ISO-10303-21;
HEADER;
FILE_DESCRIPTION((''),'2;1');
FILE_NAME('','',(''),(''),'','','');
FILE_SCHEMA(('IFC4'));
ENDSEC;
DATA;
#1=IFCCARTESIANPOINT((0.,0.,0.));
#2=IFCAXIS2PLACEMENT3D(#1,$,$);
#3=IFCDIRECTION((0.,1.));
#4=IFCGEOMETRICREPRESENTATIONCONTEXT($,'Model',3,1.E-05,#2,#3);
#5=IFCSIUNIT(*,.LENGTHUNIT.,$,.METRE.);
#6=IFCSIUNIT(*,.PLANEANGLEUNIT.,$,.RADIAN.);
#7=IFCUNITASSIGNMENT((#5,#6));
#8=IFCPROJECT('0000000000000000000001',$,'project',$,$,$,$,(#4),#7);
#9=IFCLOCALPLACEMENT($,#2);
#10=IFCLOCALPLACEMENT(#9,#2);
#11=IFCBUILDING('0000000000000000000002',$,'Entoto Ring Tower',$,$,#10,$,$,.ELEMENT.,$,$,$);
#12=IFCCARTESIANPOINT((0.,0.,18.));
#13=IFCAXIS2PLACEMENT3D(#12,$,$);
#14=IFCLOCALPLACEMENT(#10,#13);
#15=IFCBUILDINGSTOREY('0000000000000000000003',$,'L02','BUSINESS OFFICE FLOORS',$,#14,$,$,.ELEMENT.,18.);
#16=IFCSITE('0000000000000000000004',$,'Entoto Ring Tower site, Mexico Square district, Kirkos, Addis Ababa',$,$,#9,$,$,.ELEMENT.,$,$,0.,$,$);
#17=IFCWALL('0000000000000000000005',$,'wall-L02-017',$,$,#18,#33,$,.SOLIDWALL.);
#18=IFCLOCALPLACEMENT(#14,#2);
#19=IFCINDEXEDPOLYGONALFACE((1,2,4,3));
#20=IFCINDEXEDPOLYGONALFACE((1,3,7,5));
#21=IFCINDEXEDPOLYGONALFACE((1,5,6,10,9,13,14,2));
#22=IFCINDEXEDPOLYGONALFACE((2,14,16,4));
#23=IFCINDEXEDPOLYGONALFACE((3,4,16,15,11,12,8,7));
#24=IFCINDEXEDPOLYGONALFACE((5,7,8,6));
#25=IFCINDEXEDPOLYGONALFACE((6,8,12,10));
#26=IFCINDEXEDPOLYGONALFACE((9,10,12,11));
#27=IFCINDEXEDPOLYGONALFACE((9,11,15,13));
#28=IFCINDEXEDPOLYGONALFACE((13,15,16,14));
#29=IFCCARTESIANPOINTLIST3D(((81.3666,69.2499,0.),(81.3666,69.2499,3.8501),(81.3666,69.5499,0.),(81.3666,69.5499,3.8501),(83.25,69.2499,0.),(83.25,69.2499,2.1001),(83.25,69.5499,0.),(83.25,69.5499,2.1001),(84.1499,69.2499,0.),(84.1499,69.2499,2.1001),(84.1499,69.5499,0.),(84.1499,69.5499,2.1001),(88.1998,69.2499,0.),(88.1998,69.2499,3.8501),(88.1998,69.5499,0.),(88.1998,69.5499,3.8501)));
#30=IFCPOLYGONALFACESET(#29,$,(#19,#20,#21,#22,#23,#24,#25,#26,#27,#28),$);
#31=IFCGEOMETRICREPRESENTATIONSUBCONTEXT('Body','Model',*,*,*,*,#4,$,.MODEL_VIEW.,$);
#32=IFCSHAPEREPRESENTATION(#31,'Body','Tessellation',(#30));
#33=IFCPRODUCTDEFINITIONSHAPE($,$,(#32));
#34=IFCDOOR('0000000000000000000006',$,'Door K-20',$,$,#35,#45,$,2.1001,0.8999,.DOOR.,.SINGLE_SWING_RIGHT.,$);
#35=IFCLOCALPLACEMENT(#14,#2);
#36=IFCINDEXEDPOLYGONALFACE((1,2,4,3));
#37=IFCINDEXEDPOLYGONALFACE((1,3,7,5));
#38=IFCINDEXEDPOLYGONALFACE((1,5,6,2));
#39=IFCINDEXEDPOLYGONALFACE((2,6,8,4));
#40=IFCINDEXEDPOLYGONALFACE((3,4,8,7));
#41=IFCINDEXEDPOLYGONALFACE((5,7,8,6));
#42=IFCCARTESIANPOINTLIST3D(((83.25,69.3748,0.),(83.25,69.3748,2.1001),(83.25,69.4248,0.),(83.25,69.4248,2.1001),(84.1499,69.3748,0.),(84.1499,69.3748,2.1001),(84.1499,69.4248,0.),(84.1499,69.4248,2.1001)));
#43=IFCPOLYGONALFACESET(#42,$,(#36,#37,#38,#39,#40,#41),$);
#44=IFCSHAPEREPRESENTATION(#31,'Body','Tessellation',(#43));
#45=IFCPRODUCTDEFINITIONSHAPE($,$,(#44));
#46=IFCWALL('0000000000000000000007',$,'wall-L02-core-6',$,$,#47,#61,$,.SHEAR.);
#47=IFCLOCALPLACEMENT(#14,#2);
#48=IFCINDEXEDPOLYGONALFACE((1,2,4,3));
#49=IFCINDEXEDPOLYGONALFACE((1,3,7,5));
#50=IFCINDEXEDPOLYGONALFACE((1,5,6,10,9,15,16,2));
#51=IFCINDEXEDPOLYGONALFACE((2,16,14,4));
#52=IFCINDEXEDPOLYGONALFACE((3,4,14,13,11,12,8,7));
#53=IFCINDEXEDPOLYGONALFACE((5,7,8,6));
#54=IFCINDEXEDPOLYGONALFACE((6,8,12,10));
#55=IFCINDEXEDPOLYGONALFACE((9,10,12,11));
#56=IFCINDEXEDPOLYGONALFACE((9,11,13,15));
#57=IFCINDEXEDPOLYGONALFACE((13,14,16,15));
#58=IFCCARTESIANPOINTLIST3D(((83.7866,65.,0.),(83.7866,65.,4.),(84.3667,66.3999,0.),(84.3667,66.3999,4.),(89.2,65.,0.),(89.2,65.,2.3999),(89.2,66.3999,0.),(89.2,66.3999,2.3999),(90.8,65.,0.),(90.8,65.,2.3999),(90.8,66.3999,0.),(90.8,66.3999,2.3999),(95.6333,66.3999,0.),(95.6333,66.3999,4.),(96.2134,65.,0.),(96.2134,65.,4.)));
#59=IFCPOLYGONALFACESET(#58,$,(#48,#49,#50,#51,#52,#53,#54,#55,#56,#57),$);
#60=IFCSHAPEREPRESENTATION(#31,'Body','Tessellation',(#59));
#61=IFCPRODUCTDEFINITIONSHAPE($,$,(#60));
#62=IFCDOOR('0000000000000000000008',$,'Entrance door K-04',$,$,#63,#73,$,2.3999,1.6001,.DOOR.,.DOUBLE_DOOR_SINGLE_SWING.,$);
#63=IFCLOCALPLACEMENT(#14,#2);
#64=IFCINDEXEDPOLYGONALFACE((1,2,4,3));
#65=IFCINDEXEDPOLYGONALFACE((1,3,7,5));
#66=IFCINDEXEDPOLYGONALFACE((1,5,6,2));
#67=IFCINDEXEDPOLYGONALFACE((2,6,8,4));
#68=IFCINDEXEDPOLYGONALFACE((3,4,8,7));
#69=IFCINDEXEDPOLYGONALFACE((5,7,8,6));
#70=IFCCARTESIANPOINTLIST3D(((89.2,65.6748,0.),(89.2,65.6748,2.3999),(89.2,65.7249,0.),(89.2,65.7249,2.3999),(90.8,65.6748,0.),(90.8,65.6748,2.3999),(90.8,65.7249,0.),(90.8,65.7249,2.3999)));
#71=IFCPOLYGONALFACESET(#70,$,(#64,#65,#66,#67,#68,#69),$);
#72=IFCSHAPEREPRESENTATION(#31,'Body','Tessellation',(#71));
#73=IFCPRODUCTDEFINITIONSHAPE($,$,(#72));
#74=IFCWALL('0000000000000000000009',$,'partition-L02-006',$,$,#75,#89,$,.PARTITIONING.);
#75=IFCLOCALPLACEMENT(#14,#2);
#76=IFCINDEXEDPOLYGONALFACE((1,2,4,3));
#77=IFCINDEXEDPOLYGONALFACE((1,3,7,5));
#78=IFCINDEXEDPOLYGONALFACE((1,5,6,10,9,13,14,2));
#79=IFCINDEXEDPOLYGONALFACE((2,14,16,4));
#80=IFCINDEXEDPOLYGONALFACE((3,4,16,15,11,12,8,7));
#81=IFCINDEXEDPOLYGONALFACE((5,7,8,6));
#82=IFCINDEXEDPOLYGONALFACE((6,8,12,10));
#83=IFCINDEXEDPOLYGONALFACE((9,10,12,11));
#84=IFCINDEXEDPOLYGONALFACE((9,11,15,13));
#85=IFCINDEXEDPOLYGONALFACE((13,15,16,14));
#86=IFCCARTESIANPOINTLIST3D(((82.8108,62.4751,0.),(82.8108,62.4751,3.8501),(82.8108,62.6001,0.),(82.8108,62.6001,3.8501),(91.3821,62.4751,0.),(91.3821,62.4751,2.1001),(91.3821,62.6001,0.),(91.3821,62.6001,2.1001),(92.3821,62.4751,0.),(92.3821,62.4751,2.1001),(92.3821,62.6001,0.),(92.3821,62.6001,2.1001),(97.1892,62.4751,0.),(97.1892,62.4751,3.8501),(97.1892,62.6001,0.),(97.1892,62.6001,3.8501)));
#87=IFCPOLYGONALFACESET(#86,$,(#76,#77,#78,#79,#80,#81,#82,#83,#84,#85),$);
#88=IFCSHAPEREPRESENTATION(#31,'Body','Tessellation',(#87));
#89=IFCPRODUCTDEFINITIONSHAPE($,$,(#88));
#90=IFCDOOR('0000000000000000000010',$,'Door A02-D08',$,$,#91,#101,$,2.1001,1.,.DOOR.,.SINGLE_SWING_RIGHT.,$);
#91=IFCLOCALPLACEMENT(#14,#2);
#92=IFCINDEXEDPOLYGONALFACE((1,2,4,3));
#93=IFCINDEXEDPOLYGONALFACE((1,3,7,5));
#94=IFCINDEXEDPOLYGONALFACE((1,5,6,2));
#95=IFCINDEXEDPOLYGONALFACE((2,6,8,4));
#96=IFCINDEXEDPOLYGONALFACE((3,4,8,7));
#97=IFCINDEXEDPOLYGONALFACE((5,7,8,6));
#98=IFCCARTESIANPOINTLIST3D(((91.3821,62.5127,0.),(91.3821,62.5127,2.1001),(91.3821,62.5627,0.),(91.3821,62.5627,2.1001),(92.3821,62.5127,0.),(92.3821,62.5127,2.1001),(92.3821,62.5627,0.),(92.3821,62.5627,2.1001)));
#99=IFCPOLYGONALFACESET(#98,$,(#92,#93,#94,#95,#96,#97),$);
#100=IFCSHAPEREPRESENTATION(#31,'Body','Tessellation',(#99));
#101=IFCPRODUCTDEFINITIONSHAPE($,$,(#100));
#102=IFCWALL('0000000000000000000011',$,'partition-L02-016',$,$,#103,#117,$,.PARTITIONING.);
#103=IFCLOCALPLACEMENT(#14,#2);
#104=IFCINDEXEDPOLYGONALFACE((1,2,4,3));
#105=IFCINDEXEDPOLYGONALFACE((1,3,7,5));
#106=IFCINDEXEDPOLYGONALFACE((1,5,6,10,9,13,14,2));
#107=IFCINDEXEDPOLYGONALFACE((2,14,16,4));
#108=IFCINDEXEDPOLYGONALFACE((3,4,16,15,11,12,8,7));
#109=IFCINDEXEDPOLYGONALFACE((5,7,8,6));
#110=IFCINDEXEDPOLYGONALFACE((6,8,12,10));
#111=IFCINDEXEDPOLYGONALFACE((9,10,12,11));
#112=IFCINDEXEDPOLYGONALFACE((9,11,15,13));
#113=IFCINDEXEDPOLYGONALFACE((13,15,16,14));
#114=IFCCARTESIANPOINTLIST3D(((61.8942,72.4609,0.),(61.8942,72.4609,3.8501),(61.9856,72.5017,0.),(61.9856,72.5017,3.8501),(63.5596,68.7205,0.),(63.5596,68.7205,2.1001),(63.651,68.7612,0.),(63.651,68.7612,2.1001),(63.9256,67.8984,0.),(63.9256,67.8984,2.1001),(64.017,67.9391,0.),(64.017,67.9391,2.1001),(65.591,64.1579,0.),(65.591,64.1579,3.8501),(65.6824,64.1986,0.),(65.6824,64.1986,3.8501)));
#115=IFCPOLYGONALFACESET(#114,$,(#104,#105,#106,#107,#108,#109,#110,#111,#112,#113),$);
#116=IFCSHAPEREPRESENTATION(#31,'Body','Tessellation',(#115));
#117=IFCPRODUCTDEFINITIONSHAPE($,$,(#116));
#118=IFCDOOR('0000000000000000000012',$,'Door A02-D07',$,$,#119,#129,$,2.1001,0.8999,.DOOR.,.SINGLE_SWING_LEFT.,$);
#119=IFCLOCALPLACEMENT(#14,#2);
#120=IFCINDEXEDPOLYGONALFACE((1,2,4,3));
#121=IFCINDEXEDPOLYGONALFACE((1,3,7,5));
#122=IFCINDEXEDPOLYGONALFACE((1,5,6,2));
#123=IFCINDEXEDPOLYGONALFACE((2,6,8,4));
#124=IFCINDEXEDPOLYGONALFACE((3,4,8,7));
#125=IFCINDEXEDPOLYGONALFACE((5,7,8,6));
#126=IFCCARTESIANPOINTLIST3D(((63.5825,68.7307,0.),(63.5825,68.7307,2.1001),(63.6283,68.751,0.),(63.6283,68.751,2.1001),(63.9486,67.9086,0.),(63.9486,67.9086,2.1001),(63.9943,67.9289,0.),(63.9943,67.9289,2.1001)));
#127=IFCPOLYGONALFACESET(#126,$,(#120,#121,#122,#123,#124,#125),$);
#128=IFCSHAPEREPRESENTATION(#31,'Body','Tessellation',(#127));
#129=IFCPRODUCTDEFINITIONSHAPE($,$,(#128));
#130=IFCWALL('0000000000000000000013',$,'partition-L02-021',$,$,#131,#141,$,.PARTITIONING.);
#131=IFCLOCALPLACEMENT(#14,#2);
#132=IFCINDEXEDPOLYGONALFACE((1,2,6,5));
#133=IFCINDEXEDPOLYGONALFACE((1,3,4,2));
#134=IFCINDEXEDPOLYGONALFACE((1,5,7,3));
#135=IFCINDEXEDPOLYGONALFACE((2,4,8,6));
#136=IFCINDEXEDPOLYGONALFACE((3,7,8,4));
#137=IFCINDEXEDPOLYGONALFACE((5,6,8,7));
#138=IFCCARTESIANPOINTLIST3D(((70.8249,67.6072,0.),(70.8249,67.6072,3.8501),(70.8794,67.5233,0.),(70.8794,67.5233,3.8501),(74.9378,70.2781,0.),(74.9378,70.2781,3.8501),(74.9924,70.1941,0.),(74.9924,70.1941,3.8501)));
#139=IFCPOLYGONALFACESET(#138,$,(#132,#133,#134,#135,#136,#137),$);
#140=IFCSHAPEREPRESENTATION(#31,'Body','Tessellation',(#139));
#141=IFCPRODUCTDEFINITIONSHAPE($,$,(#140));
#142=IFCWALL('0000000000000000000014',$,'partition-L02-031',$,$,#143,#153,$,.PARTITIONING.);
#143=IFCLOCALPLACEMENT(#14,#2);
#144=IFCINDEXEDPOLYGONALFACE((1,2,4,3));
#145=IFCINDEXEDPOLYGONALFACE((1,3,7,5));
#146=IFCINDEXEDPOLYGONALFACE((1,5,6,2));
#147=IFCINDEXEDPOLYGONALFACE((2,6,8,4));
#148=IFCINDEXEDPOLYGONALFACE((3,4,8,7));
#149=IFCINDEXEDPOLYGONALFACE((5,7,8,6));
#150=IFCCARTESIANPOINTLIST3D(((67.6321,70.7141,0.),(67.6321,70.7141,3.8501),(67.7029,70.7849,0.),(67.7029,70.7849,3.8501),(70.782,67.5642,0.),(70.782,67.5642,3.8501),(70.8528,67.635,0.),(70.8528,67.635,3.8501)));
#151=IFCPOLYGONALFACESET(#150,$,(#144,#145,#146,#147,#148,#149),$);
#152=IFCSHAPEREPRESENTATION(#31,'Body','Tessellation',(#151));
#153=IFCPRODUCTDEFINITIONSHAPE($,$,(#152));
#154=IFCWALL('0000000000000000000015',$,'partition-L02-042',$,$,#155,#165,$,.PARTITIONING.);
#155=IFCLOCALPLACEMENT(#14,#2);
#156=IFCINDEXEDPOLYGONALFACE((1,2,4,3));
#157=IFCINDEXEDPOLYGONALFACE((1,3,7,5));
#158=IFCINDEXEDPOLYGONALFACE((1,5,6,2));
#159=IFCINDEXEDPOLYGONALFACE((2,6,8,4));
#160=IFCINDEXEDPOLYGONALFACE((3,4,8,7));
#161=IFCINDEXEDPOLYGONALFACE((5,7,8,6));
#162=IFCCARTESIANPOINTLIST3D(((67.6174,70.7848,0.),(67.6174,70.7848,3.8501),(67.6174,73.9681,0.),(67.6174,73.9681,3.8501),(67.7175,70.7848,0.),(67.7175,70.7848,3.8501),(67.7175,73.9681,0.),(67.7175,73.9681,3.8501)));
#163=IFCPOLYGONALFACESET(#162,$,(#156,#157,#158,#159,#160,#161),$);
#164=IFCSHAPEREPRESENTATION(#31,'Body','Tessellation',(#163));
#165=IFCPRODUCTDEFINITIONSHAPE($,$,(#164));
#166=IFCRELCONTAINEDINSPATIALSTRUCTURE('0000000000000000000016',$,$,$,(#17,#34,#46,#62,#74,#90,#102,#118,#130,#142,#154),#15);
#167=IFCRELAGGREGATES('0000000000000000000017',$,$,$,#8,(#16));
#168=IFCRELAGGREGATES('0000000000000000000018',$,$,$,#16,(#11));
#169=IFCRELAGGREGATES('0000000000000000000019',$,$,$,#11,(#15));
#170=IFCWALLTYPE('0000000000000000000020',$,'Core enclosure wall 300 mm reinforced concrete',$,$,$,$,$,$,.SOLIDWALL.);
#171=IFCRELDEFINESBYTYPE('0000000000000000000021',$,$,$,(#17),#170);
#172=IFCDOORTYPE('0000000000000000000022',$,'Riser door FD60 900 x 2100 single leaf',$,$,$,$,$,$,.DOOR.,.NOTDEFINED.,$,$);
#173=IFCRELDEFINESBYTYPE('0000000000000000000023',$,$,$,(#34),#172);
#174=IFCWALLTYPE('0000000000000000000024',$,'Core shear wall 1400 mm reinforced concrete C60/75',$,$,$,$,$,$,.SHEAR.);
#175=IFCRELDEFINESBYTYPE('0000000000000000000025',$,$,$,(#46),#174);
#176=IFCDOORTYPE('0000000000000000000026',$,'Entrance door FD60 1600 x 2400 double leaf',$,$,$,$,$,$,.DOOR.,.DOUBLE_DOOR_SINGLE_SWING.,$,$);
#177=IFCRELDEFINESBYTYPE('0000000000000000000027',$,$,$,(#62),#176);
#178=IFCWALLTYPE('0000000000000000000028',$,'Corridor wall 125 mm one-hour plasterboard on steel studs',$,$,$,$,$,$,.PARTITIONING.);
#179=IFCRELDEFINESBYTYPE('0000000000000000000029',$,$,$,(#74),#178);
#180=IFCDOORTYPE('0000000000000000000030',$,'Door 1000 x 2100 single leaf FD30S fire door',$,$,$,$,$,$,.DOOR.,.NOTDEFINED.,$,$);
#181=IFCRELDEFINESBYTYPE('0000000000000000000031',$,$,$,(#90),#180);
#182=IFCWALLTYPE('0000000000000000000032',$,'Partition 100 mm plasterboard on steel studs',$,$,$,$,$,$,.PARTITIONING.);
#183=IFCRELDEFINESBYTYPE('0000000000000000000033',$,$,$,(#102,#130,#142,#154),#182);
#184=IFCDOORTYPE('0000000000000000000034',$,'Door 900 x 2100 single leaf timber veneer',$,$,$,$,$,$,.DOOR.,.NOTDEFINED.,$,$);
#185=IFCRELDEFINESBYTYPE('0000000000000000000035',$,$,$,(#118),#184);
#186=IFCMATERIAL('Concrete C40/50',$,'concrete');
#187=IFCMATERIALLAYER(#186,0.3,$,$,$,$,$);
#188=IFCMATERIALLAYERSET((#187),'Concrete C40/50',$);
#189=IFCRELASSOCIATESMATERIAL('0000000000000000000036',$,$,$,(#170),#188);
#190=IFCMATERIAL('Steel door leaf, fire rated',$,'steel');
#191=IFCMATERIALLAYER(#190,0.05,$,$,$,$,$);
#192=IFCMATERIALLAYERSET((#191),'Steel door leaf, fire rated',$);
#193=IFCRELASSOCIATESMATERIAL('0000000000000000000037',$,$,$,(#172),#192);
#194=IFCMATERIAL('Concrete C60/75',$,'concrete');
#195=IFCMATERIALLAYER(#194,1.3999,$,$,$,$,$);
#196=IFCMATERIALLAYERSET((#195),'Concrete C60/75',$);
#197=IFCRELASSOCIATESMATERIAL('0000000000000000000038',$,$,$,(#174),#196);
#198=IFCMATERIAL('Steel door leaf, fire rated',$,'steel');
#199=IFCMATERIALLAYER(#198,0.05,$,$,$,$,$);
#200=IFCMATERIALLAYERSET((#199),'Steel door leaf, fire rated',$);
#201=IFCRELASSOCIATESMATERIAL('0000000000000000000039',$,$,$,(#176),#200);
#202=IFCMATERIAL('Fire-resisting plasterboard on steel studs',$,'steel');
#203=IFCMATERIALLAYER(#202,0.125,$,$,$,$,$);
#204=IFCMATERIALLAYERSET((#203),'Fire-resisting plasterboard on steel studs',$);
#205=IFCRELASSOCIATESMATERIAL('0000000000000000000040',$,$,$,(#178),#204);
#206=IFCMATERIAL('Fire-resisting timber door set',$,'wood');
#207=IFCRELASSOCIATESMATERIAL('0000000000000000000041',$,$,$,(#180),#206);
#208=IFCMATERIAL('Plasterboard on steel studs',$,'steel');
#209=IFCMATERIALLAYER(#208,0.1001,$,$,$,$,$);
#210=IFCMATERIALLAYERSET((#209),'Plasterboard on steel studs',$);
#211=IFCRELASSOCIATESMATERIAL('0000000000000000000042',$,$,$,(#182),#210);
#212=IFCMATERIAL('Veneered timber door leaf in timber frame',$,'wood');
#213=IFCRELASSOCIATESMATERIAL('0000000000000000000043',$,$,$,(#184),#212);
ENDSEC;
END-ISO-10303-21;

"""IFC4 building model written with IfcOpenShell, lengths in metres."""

from ifc_helpers import new_model, si_unit, direction, frame, frame_2d, origin, place, context, subcontext, project, spatial, polyline, rectangle, outline, extrude, material, layer, layer_set, type_object, element, fill, save


model = new_model("IFC4")

# Units and contexts
model_context = context("Model", 3, precision=1e-05, world=origin(), true_north=direction((0.0, 1.0)))
body_context = subcontext(model_context, "Body", "Model", "MODEL_VIEW")
ifc_project = project(units=[si_unit("LENGTHUNIT", "METRE"), si_unit("PLANEANGLEUNIT", "RADIAN")], contexts=[model_context])

# Site, building, storey
site_placement = place(None, origin())
site = spatial("IfcSite", under=ifc_project, at=site_placement, Name="Entoto Ring Tower site, Mexico Square district, Kirkos, Addis Ababa", CompositionType="ELEMENT", RefElevation=0.0)
building_placement = place(site_placement, origin())
building = spatial("IfcBuilding", under=site, at=building_placement, Name="Entoto Ring Tower", CompositionType="ELEMENT")
storey_placement = place(building_placement, frame((0.0, 0.0, 18.0)))
storey = spatial("IfcBuildingStorey", under=building, at=storey_placement, Name="L02", Description="BUSINESS OFFICE FLOORS", CompositionType="ELEMENT", Elevation=18.0)

# Walls, openings, doors
ifc_material_1 = material(Name="Concrete C40/50", Category="concrete")
ifc_layer_1 = layer(ifc_material_1, 0.3)
ifc_layer_set_1 = layer_set([ifc_layer_1], Name="Concrete C40/50")
wall_type_1 = type_object("IfcWallType", Name="Core enclosure wall 300 mm reinforced concrete", PredefinedType="SOLIDWALL", material=ifc_layer_set_1)
wall_1_placement = place(storey_placement, frame((81.3667, 69.3999, 0.0), z_axis=(0.0, 0.0, 1.0), x_axis=(1.0, 0.0, 0.0)))
wall_1 = element("IfcWall", 1, at=wall_1_placement, inside=storey, type_object=wall_type_1, Name="wall-L02-017", PredefinedType="SOLIDWALL", context=body_context, shape_type="SweptSolid", body=[
    extrude(rectangle(XDim=6.8333, YDim=0.3, at=frame_2d((3.4165, 0.0))), origin(), (0.0, 0.0, 1.0), 3.8501),
])
opening_1_placement = place(wall_1_placement, frame((1.8833, 0.0, 0.0)))
opening_1 = element("IfcOpeningElement", 2, at=opening_1_placement, cuts=wall_1, PredefinedType="OPENING", context=body_context, shape_type="SweptSolid", body=[
    extrude(rectangle(XDim=0.8999, YDim=2.1001, at=frame_2d((0.45, 1.05))), frame((0.0, 0.1602, 0.0), z_axis=(0.0, -1.0, 0.0), x_axis=(1.0, 0.0, 0.0)), (0.0, 0.0, 1.0), 0.3201),
])
ifc_material_2 = material(Name="Steel door leaf, fire rated", Category="steel")
ifc_layer_2 = layer(ifc_material_2, 0.05)
ifc_layer_set_2 = layer_set([ifc_layer_2], Name="Steel door leaf, fire rated")
door_type_1 = type_object("IfcDoorType", Name="Riser door FD60 900 x 2100 single leaf", OperationType="NOTDEFINED", PredefinedType="DOOR", material=ifc_layer_set_2)
door_1_placement = place(opening_1_placement, origin())
door_1 = element("IfcDoor", 3, at=door_1_placement, inside=storey, type_object=door_type_1, Name="Door K-20", OperationType="SINGLE_SWING_RIGHT", OverallHeight=2.1001, OverallWidth=0.8999, PredefinedType="DOOR", context=body_context, shape_type="SweptSolid", body=[
    extrude(rectangle(XDim=0.8999, YDim=2.1001, at=frame_2d((0.45, 1.05))), frame((0.0, 0.0249, 0.0), z_axis=(0.0, -1.0, 0.0), x_axis=(1.0, 0.0, 0.0)), (0.0, 0.0, 1.0), 0.05),
])
fill(opening_1, door_1)
ifc_material_3 = material(Name="Concrete C60/75", Category="concrete")
ifc_layer_3 = layer(ifc_material_3, 1.3999)
ifc_layer_set_3 = layer_set([ifc_layer_3], Name="Concrete C60/75")
wall_type_2 = type_object("IfcWallType", Name="Core shear wall 1400 mm reinforced concrete C60/75", PredefinedType="SHEAR", material=ifc_layer_set_3)
wall_2_placement = place(storey_placement, frame((84.0767, 65.7, 0.0), z_axis=(0.0, 0.0, 1.0), x_axis=(1.0, 0.0, 0.0)))
wall_2 = element("IfcWall", 4, at=wall_2_placement, inside=storey, type_object=wall_type_2, Name="wall-L02-core-6", PredefinedType="SHEAR", context=body_context, shape_type="SweptSolid", body=[
    extrude(outline(polyline([(-0.29, -0.7), (12.1367, -0.7), (11.5566, 0.7), (0.29, 0.7), (-0.29, -0.7)])), origin(), (0.0, 0.0, 1.0), 4.0),
])
opening_2_placement = place(wall_2_placement, frame((5.1233, 0.0, 0.0)))
opening_2 = element("IfcOpeningElement", 5, at=opening_2_placement, cuts=wall_2, PredefinedType="OPENING", context=body_context, shape_type="SweptSolid", body=[
    extrude(rectangle(XDim=1.6001, YDim=2.3999, at=frame_2d((0.8, 1.2))), frame((0.0, 0.71, 0.0), z_axis=(0.0, -1.0, 0.0), x_axis=(1.0, 0.0, 0.0)), (0.0, 0.0, 1.0), 1.4199),
])
ifc_material_4 = material(Name="Steel door leaf, fire rated", Category="steel")
ifc_layer_4 = layer(ifc_material_4, 0.05)
ifc_layer_set_4 = layer_set([ifc_layer_4], Name="Steel door leaf, fire rated")
door_type_2 = type_object("IfcDoorType", Name="Entrance door FD60 1600 x 2400 double leaf", OperationType="DOUBLE_DOOR_SINGLE_SWING", PredefinedType="DOOR", material=ifc_layer_set_4)
door_2_placement = place(opening_2_placement, origin())
door_2 = element("IfcDoor", 6, at=door_2_placement, inside=storey, type_object=door_type_2, Name="Entrance door K-04", OperationType="DOUBLE_DOOR_SINGLE_SWING", OverallHeight=2.3999, OverallWidth=1.6001, PredefinedType="DOOR", context=body_context, shape_type="SweptSolid", body=[
    extrude(rectangle(XDim=1.6001, YDim=2.3999, at=frame_2d((0.8, 1.2))), frame((0.0, 0.0249, 0.0), z_axis=(0.0, -1.0, 0.0), x_axis=(1.0, 0.0, 0.0)), (0.0, 0.0, 1.0), 0.05),
])
fill(opening_2, door_2)
ifc_material_5 = material(Name="Fire-resisting plasterboard on steel studs", Category="steel")
ifc_layer_5 = layer(ifc_material_5, 0.125)
ifc_layer_set_5 = layer_set([ifc_layer_5], Name="Fire-resisting plasterboard on steel studs")
wall_type_3 = type_object("IfcWallType", Name="Corridor wall 125 mm one-hour plasterboard on steel studs", PredefinedType="PARTITIONING", material=ifc_layer_set_5)
wall_3_placement = place(storey_placement, frame((82.8108, 62.5376, 0.0), z_axis=(0.0, 0.0, 1.0), x_axis=(1.0, 0.0, 0.0)))
wall_3 = element("IfcWall", 7, at=wall_3_placement, inside=storey, type_object=wall_type_3, Name="partition-L02-006", PredefinedType="PARTITIONING", context=body_context, shape_type="SweptSolid", body=[
    extrude(rectangle(XDim=14.3784, YDim=0.125, at=frame_2d((7.1892, 0.0))), origin(), (0.0, 0.0, 1.0), 3.8501),
])
opening_3_placement = place(wall_3_placement, frame((8.5713, 0.0, 0.0)))
opening_3 = element("IfcOpeningElement", 8, at=opening_3_placement, cuts=wall_3, PredefinedType="OPENING", context=body_context, shape_type="SweptSolid", body=[
    extrude(rectangle(XDim=1.0, YDim=2.1001, at=frame_2d((0.5, 1.05))), frame((0.0, 0.0725, 0.0), z_axis=(0.0, -1.0, 0.0), x_axis=(1.0, 0.0, 0.0)), (0.0, 0.0, 1.0), 0.145),
])
ifc_material_6 = material(Name="Fire-resisting timber door set", Category="wood")
door_type_3 = type_object("IfcDoorType", Name="Door 1000 x 2100 single leaf FD30S fire door", OperationType="NOTDEFINED", PredefinedType="DOOR", material=ifc_material_6)
door_3_placement = place(opening_3_placement, frame((1.0, 0.0, 0.0), z_axis=(0.0, 0.0, 1.0), x_axis=(-1.0, 0.0, 0.0)))
door_3 = element("IfcDoor", 9, at=door_3_placement, inside=storey, type_object=door_type_3, Name="Door A02-D08", OperationType="SINGLE_SWING_RIGHT", OverallHeight=2.1001, OverallWidth=1.0, PredefinedType="DOOR", context=body_context, shape_type="SweptSolid", body=[
    extrude(rectangle(XDim=1.0, YDim=2.1001, at=frame_2d((0.5, 1.05))), frame((0.0, 0.0249, 0.0), z_axis=(0.0, -1.0, 0.0), x_axis=(1.0, 0.0, 0.0)), (0.0, 0.0, 1.0), 0.05),
])
fill(opening_3, door_3)
ifc_material_7 = material(Name="Plasterboard on steel studs", Category="steel")
ifc_layer_6 = layer(ifc_material_7, 0.1001)
ifc_layer_set_6 = layer_set([ifc_layer_6], Name="Plasterboard on steel studs")
wall_type_4 = type_object("IfcWallType", Name="Partition 100 mm plasterboard on steel studs", PredefinedType="PARTITIONING", material=ifc_layer_set_6)
wall_4_placement = place(storey_placement, frame((65.6367, 64.1782, 0.0), z_axis=(0.0, 0.0, 1.0), x_axis=(-0.406742, 0.913543, 0.0)))
wall_4 = element("IfcWall", 10, at=wall_4_placement, inside=storey, type_object=wall_type_4, Name="partition-L02-016", PredefinedType="PARTITIONING", context=body_context, shape_type="SweptSolid", body=[
    extrude(rectangle(XDim=9.0889, YDim=0.1001, at=frame_2d((4.5444, 0.0))), origin(), (0.0, 0.0, 1.0), 3.8501),
])
opening_4_placement = place(wall_4_placement, frame((4.0945, 0.0, 0.0)))
opening_4 = element("IfcOpeningElement", 11, at=opening_4_placement, cuts=wall_4, PredefinedType="OPENING", context=body_context, shape_type="SweptSolid", body=[
    extrude(rectangle(XDim=0.8999, YDim=2.1001, at=frame_2d((0.45, 1.05))), frame((0.0, 0.0601, 0.0), z_axis=(0.0, -1.0, 0.0), x_axis=(1.0, 0.0, 0.0)), (0.0, 0.0, 1.0), 0.1201),
])
ifc_material_8 = material(Name="Veneered timber door leaf in timber frame", Category="wood")
door_type_4 = type_object("IfcDoorType", Name="Door 900 x 2100 single leaf timber veneer", OperationType="NOTDEFINED", PredefinedType="DOOR", material=ifc_material_8)
door_4_placement = place(opening_4_placement, origin())
door_4 = element("IfcDoor", 12, at=door_4_placement, inside=storey, type_object=door_type_4, Name="Door A02-D07", OperationType="SINGLE_SWING_LEFT", OverallHeight=2.1001, OverallWidth=0.8999, PredefinedType="DOOR", context=body_context, shape_type="SweptSolid", body=[
    extrude(rectangle(XDim=0.8999, YDim=2.1001, at=frame_2d((0.45, 1.05))), frame((0.0, 0.0249, 0.0), z_axis=(0.0, -1.0, 0.0), x_axis=(1.0, 0.0, 0.0)), (0.0, 0.0, 1.0), 0.05),
])
fill(opening_4, door_4)

# Walls
wall_5_placement = place(storey_placement, frame((70.8521, 67.5652, 0.0), z_axis=(0.0, 0.0, 1.0), x_axis=(0.838684, 0.544619, 0.0)))
element("IfcWall", 13, at=wall_5_placement, inside=storey, type_object=wall_type_4, Name="partition-L02-021", PredefinedType="PARTITIONING", context=body_context, shape_type="SweptSolid", body=[
    extrude(rectangle(XDim=4.9041, YDim=0.1001, at=frame_2d((2.4521, 0.0))), origin(), (0.0, 0.0, 1.0), 3.8501),
])
wall_6_placement = place(storey_placement, frame((70.8174, 67.5996, 0.0), z_axis=(0.0, 0.0, 1.0), x_axis=(-0.707107, 0.707107, 0.0)))
element("IfcWall", 14, at=wall_6_placement, inside=storey, type_object=wall_type_4, Name="partition-L02-031", PredefinedType="PARTITIONING", context=body_context, shape_type="SweptSolid", body=[
    extrude(rectangle(XDim=4.4546, YDim=0.1001, at=frame_2d((2.2273, 0.0))), origin(), (0.0, 0.0, 1.0), 3.8501),
])
wall_7_placement = place(storey_placement, frame((67.6675, 70.7847, 0.0), z_axis=(0.0, 0.0, 1.0), x_axis=(0.0, 1.0, 0.0)))
element("IfcWall", 15, at=wall_7_placement, inside=storey, type_object=wall_type_4, Name="partition-L02-042", PredefinedType="PARTITIONING", context=body_context, shape_type="SweptSolid", body=[
    extrude(rectangle(XDim=3.1833, YDim=0.1001, at=frame_2d((1.5918, 0.0))), origin(), (0.0, 0.0, 1.0), 3.8501),
])

save(model, "model.ifc")
